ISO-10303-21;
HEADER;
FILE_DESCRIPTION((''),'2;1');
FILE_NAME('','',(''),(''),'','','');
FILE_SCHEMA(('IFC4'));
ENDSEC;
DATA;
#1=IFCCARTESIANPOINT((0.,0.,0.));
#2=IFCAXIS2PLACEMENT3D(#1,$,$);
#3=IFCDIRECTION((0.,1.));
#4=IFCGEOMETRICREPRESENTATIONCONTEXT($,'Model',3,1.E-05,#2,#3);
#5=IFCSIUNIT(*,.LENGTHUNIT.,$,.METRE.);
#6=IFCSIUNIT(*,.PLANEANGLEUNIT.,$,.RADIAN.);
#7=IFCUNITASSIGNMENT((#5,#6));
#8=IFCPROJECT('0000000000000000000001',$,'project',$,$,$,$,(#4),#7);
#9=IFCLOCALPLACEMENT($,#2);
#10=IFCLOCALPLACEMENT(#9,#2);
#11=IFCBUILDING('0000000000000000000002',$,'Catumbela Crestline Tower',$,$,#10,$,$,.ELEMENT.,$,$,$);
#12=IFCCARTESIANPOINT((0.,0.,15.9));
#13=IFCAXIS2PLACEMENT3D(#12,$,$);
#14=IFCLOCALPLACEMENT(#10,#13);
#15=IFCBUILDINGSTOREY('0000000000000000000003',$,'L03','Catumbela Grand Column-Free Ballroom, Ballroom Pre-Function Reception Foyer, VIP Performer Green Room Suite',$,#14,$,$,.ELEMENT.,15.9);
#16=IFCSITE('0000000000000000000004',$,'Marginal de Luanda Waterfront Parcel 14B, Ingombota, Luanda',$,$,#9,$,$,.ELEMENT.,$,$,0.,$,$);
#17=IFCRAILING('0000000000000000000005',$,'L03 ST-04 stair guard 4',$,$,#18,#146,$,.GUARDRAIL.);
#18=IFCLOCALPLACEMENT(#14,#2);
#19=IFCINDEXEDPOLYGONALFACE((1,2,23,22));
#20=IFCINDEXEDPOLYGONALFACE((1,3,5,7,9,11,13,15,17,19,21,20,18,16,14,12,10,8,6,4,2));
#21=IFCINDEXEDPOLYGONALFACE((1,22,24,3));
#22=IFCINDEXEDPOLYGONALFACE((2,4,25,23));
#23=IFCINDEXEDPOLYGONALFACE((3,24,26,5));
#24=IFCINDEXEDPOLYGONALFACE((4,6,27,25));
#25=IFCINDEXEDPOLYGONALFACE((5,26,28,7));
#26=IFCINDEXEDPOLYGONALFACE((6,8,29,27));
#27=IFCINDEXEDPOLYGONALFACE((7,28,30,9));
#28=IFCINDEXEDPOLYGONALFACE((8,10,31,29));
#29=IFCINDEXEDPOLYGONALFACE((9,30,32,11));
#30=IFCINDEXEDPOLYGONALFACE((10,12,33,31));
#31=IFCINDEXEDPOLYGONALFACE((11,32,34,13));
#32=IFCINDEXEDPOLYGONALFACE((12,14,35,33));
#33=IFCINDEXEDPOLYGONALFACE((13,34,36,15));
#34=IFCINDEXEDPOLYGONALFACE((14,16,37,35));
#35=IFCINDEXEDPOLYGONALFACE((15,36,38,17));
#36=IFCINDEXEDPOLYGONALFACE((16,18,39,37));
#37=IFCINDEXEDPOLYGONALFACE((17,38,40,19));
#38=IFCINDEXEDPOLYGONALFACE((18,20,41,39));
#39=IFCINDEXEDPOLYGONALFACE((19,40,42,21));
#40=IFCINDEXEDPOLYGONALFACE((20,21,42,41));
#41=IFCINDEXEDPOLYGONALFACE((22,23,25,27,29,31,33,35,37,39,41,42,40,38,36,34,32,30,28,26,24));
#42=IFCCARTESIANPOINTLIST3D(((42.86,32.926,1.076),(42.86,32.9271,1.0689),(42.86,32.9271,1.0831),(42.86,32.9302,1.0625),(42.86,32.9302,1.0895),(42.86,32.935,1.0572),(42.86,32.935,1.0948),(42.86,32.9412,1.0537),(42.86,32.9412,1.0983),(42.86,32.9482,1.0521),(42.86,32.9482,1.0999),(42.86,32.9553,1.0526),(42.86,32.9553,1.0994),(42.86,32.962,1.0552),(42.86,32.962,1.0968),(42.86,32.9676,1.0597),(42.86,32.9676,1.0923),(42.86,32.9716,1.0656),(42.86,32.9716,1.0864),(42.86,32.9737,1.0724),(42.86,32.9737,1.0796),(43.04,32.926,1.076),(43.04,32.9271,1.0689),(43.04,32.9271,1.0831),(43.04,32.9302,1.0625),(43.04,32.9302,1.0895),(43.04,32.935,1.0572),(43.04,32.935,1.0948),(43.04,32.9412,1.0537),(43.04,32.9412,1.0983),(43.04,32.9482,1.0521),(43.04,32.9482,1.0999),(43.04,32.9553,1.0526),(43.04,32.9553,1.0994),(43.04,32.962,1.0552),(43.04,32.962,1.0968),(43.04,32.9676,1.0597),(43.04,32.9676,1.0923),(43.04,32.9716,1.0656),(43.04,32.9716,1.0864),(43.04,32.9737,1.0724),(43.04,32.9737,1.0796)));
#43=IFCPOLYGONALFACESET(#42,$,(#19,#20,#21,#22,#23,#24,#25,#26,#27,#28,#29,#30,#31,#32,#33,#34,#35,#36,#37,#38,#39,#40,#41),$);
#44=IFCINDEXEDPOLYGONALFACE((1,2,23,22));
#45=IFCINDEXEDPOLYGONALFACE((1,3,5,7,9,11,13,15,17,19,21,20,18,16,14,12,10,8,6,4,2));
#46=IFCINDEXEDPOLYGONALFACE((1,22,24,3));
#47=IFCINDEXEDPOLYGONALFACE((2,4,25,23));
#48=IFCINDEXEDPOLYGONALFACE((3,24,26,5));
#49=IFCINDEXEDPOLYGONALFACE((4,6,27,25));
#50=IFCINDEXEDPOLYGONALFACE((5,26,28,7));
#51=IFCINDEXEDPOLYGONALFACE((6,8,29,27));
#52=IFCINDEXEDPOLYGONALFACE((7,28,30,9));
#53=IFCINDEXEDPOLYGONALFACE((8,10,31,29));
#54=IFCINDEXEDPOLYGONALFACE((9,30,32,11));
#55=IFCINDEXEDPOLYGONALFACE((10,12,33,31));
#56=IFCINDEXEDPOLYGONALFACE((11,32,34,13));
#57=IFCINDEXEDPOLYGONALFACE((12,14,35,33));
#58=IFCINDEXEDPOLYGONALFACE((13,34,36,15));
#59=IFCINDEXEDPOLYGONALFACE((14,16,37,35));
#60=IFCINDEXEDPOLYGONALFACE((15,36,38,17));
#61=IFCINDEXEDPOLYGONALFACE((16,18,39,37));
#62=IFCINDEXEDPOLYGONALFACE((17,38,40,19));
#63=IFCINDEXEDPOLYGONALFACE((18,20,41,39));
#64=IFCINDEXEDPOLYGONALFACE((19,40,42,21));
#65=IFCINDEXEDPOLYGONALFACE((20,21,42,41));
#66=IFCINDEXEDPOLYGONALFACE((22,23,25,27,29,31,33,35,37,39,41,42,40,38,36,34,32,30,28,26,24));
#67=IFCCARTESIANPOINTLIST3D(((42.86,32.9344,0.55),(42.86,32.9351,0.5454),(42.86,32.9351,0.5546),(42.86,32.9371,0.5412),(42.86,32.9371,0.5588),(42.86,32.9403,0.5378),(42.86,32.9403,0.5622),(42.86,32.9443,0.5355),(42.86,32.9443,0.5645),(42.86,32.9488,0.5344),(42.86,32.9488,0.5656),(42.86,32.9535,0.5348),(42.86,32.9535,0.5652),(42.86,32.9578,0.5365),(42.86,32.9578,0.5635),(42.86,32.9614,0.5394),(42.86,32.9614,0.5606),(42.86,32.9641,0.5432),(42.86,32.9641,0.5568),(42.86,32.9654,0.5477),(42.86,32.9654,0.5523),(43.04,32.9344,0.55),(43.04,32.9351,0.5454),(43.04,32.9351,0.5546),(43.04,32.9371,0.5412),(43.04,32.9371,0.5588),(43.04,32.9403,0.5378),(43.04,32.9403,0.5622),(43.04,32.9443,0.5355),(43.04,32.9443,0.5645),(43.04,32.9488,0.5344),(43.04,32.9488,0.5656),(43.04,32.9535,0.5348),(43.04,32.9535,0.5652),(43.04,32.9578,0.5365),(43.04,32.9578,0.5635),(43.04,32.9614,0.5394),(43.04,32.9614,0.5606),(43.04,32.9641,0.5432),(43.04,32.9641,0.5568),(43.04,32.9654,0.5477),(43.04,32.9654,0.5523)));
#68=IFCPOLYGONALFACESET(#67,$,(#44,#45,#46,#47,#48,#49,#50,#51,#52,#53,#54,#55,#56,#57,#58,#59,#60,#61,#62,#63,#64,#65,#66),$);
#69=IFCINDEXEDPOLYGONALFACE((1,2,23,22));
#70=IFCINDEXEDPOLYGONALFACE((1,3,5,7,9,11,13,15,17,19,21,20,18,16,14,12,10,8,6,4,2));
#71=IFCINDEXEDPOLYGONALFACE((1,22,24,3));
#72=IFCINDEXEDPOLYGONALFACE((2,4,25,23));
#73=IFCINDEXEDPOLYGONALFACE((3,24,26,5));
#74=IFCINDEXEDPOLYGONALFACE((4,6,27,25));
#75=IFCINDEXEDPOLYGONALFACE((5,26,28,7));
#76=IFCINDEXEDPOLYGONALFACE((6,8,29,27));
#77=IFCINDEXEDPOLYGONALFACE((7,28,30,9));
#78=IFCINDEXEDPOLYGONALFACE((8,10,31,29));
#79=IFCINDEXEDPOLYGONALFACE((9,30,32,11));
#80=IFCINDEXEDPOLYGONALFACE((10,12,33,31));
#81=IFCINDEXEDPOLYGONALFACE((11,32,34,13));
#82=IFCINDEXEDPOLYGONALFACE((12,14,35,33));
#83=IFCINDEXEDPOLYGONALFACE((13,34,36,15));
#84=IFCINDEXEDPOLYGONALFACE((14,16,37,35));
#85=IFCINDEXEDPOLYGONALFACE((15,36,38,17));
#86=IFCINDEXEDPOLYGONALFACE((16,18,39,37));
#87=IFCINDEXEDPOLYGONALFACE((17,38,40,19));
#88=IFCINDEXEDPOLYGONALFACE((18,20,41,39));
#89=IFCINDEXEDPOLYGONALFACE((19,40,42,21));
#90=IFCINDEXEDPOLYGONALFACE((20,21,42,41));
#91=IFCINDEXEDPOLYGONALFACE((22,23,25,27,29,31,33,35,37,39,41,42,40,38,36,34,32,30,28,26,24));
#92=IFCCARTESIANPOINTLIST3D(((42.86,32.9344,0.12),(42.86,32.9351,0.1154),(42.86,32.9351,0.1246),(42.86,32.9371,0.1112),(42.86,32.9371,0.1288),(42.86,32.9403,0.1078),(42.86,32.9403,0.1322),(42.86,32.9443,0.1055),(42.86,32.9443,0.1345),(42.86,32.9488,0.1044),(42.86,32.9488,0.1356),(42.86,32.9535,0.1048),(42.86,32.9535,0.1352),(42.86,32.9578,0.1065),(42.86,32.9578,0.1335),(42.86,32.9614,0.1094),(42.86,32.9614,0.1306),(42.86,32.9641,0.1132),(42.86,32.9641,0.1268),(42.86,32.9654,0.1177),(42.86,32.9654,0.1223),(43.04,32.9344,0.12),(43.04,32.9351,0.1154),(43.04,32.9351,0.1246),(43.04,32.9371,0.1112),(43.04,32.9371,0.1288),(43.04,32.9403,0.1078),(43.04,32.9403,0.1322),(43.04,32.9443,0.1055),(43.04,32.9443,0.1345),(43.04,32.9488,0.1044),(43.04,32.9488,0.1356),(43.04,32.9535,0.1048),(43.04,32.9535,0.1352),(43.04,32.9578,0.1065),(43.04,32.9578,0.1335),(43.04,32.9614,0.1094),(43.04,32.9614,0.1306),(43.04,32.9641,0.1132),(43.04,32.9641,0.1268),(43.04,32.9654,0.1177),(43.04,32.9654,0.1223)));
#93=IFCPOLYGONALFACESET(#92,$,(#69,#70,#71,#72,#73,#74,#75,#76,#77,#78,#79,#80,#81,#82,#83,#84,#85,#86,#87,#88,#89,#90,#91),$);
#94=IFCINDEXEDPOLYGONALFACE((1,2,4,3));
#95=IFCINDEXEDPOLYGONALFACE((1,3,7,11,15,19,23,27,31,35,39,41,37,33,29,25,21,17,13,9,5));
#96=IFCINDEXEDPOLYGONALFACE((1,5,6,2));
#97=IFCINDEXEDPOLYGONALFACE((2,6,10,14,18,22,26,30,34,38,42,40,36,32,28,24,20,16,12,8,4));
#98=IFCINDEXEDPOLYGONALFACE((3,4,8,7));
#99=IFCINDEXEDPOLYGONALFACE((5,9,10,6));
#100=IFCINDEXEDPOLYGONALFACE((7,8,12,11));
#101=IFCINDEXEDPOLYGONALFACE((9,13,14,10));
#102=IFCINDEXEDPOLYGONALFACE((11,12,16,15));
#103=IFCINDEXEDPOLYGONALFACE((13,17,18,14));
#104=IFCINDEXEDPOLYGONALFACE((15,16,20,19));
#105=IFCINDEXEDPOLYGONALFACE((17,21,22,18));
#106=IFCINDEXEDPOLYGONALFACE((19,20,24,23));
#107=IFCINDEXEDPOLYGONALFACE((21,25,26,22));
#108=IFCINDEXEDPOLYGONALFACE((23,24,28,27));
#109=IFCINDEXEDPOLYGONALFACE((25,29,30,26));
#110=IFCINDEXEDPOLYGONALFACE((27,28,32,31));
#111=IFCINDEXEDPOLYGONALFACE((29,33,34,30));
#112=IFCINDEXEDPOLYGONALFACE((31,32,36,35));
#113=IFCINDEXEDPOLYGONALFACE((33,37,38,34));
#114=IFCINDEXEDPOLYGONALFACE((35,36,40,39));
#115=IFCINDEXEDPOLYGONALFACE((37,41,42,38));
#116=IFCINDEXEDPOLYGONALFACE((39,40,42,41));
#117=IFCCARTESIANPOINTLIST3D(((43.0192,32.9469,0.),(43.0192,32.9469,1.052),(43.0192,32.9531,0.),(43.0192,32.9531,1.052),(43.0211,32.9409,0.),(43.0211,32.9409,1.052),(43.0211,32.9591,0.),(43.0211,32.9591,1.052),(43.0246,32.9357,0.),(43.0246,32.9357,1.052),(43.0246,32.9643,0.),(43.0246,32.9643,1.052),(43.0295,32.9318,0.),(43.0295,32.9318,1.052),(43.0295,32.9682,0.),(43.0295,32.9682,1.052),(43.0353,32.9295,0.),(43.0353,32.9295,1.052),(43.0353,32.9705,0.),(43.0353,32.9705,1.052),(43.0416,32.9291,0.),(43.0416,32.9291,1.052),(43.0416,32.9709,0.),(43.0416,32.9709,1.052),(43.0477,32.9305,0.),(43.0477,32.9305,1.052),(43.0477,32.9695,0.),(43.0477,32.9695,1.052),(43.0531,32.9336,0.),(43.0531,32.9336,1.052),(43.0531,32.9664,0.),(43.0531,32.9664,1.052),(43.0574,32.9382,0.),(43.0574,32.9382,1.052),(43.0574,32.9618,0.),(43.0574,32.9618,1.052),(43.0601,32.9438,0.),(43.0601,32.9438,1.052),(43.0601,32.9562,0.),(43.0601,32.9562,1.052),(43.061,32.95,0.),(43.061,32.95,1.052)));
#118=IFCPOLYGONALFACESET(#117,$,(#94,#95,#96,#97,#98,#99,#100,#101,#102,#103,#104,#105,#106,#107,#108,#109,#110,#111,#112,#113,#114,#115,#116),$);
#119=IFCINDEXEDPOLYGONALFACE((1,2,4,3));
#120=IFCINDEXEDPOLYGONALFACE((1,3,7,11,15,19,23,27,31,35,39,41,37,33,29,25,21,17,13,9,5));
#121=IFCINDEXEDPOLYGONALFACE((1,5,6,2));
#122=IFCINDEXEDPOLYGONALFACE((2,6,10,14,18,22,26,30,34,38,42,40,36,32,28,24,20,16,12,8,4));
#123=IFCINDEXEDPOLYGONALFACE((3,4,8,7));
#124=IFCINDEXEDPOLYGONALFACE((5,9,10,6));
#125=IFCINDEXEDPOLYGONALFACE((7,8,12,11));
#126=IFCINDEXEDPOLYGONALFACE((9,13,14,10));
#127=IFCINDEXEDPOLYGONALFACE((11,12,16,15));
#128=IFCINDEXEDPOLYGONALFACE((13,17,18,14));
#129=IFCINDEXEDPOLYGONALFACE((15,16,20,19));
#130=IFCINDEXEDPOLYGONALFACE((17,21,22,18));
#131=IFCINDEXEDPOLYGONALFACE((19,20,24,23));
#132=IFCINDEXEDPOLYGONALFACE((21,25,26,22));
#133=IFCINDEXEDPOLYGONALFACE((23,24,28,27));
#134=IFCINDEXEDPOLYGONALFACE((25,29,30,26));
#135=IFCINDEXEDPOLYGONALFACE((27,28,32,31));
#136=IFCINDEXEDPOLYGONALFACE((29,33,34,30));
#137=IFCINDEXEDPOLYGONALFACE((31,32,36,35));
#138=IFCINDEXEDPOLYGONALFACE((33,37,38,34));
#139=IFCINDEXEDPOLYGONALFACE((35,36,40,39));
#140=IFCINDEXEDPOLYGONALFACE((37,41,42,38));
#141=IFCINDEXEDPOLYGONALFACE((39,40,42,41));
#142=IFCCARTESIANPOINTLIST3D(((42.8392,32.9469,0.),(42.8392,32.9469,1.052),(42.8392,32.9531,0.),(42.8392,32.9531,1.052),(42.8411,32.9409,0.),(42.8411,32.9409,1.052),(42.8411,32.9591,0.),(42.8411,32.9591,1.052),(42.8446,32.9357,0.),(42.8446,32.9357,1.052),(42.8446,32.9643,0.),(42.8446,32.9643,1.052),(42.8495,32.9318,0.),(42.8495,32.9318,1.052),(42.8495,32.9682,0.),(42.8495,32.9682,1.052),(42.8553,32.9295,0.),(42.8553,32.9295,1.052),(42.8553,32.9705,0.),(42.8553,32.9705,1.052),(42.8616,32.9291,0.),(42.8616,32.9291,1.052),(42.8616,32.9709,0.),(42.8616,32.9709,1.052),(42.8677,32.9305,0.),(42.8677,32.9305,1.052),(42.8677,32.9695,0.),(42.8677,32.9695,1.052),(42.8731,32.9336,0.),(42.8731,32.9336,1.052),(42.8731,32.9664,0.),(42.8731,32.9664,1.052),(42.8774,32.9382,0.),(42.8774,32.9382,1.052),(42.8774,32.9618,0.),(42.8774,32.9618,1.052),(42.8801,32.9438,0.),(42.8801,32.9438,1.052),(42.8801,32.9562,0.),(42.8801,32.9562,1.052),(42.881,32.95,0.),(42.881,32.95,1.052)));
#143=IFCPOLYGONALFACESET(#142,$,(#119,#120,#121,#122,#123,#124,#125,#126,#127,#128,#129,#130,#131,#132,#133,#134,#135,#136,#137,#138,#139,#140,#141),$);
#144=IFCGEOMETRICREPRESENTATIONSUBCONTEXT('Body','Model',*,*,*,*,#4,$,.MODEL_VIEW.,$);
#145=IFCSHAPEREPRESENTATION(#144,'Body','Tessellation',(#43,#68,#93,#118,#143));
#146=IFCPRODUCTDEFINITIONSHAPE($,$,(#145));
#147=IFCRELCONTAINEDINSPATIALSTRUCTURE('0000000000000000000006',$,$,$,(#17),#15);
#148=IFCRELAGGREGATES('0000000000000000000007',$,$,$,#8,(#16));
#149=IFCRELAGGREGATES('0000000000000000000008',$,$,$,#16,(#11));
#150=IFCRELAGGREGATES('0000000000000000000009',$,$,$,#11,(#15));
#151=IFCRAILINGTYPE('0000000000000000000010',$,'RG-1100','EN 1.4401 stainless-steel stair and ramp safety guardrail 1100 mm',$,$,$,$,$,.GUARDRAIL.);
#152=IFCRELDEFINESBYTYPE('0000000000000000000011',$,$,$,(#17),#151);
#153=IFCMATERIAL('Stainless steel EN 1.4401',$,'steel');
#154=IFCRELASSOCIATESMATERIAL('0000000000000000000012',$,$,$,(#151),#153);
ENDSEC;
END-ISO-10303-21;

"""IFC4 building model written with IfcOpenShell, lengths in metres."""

from ifc_helpers import new_model, si_unit, direction, frame, origin, origin_2d, place, context, subcontext, project, spatial, circle, extrude, material, type_object, element, save


model = new_model("IFC4")

# Units and contexts
model_context = context("Model", 3, precision=1e-05, world=origin(), true_north=direction((0.0, 1.0)))
body_context = subcontext(model_context, "Body", "Model", "MODEL_VIEW")
ifc_project = project(units=[si_unit("LENGTHUNIT", "METRE"), si_unit("PLANEANGLEUNIT", "RADIAN")], contexts=[model_context])

# Site, building, storey
site_placement = place(None, origin())
site = spatial("IfcSite", under=ifc_project, at=site_placement, Name="Marginal de Luanda Waterfront Parcel 14B, Ingombota, Luanda", CompositionType="ELEMENT", RefElevation=0.0)
building_placement = place(site_placement, origin())
building = spatial("IfcBuilding", under=site, at=building_placement, Name="Catumbela Crestline Tower", CompositionType="ELEMENT")
storey_placement = place(building_placement, frame((0.0, 0.0, 15.9)))
storey = spatial("IfcBuildingStorey", under=building, at=storey_placement, Name="L03", Description="Catumbela Grand Column-Free Ballroom, Ballroom Pre-Function Reception Foyer, VIP Performer Green Room Suite", CompositionType="ELEMENT", Elevation=15.9)

# Railing
ifc_material_1 = material(Name="Stainless steel EN 1.4401", Category="steel")
railing_type_1 = type_object("IfcRailingType", Name="RG-1100", Description="EN 1.4401 stainless-steel stair and ramp safety guardrail 1100 mm", PredefinedType="GUARDRAIL", material=ifc_material_1)
railing_1_placement = place(storey_placement, frame((43.04, 32.95, 0.0)))
element("IfcRailing", 1, at=railing_1_placement, inside=storey, type_object=railing_type_1, Name="L03 ST-04 stair guard 4", PredefinedType="GUARDRAIL", context=body_context, shape_type="SweptSolid", body=[
    extrude(circle(Radius=0.024, at=origin_2d()), frame((0.0, 0.0, 1.076), z_axis=(-1.0, 0.0, 0.0), x_axis=(0.0, -1.0, 0.0)), (0.0, 0.0, 1.0), 0.18),
    extrude(circle(Radius=0.0156, at=origin_2d()), frame((0.0, 0.0, 0.55), z_axis=(-1.0, 0.0, 0.0), x_axis=(0.0, -1.0, 0.0)), (0.0, 0.0, 1.0), 0.18),
    extrude(circle(Radius=0.0156, at=origin_2d()), frame((0.0, 0.0, 0.12), z_axis=(-1.0, 0.0, 0.0), x_axis=(0.0, -1.0, 0.0)), (0.0, 0.0, 1.0), 0.18),
    extrude(circle(Radius=0.021, at=origin_2d()), origin(), (0.0, 0.0, 1.0), 1.052),
    extrude(circle(Radius=0.021, at=origin_2d()), frame((-0.18, 0.0, 0.0)), (0.0, 0.0, 1.0), 1.052),
])

save(model, "model.ifc")
